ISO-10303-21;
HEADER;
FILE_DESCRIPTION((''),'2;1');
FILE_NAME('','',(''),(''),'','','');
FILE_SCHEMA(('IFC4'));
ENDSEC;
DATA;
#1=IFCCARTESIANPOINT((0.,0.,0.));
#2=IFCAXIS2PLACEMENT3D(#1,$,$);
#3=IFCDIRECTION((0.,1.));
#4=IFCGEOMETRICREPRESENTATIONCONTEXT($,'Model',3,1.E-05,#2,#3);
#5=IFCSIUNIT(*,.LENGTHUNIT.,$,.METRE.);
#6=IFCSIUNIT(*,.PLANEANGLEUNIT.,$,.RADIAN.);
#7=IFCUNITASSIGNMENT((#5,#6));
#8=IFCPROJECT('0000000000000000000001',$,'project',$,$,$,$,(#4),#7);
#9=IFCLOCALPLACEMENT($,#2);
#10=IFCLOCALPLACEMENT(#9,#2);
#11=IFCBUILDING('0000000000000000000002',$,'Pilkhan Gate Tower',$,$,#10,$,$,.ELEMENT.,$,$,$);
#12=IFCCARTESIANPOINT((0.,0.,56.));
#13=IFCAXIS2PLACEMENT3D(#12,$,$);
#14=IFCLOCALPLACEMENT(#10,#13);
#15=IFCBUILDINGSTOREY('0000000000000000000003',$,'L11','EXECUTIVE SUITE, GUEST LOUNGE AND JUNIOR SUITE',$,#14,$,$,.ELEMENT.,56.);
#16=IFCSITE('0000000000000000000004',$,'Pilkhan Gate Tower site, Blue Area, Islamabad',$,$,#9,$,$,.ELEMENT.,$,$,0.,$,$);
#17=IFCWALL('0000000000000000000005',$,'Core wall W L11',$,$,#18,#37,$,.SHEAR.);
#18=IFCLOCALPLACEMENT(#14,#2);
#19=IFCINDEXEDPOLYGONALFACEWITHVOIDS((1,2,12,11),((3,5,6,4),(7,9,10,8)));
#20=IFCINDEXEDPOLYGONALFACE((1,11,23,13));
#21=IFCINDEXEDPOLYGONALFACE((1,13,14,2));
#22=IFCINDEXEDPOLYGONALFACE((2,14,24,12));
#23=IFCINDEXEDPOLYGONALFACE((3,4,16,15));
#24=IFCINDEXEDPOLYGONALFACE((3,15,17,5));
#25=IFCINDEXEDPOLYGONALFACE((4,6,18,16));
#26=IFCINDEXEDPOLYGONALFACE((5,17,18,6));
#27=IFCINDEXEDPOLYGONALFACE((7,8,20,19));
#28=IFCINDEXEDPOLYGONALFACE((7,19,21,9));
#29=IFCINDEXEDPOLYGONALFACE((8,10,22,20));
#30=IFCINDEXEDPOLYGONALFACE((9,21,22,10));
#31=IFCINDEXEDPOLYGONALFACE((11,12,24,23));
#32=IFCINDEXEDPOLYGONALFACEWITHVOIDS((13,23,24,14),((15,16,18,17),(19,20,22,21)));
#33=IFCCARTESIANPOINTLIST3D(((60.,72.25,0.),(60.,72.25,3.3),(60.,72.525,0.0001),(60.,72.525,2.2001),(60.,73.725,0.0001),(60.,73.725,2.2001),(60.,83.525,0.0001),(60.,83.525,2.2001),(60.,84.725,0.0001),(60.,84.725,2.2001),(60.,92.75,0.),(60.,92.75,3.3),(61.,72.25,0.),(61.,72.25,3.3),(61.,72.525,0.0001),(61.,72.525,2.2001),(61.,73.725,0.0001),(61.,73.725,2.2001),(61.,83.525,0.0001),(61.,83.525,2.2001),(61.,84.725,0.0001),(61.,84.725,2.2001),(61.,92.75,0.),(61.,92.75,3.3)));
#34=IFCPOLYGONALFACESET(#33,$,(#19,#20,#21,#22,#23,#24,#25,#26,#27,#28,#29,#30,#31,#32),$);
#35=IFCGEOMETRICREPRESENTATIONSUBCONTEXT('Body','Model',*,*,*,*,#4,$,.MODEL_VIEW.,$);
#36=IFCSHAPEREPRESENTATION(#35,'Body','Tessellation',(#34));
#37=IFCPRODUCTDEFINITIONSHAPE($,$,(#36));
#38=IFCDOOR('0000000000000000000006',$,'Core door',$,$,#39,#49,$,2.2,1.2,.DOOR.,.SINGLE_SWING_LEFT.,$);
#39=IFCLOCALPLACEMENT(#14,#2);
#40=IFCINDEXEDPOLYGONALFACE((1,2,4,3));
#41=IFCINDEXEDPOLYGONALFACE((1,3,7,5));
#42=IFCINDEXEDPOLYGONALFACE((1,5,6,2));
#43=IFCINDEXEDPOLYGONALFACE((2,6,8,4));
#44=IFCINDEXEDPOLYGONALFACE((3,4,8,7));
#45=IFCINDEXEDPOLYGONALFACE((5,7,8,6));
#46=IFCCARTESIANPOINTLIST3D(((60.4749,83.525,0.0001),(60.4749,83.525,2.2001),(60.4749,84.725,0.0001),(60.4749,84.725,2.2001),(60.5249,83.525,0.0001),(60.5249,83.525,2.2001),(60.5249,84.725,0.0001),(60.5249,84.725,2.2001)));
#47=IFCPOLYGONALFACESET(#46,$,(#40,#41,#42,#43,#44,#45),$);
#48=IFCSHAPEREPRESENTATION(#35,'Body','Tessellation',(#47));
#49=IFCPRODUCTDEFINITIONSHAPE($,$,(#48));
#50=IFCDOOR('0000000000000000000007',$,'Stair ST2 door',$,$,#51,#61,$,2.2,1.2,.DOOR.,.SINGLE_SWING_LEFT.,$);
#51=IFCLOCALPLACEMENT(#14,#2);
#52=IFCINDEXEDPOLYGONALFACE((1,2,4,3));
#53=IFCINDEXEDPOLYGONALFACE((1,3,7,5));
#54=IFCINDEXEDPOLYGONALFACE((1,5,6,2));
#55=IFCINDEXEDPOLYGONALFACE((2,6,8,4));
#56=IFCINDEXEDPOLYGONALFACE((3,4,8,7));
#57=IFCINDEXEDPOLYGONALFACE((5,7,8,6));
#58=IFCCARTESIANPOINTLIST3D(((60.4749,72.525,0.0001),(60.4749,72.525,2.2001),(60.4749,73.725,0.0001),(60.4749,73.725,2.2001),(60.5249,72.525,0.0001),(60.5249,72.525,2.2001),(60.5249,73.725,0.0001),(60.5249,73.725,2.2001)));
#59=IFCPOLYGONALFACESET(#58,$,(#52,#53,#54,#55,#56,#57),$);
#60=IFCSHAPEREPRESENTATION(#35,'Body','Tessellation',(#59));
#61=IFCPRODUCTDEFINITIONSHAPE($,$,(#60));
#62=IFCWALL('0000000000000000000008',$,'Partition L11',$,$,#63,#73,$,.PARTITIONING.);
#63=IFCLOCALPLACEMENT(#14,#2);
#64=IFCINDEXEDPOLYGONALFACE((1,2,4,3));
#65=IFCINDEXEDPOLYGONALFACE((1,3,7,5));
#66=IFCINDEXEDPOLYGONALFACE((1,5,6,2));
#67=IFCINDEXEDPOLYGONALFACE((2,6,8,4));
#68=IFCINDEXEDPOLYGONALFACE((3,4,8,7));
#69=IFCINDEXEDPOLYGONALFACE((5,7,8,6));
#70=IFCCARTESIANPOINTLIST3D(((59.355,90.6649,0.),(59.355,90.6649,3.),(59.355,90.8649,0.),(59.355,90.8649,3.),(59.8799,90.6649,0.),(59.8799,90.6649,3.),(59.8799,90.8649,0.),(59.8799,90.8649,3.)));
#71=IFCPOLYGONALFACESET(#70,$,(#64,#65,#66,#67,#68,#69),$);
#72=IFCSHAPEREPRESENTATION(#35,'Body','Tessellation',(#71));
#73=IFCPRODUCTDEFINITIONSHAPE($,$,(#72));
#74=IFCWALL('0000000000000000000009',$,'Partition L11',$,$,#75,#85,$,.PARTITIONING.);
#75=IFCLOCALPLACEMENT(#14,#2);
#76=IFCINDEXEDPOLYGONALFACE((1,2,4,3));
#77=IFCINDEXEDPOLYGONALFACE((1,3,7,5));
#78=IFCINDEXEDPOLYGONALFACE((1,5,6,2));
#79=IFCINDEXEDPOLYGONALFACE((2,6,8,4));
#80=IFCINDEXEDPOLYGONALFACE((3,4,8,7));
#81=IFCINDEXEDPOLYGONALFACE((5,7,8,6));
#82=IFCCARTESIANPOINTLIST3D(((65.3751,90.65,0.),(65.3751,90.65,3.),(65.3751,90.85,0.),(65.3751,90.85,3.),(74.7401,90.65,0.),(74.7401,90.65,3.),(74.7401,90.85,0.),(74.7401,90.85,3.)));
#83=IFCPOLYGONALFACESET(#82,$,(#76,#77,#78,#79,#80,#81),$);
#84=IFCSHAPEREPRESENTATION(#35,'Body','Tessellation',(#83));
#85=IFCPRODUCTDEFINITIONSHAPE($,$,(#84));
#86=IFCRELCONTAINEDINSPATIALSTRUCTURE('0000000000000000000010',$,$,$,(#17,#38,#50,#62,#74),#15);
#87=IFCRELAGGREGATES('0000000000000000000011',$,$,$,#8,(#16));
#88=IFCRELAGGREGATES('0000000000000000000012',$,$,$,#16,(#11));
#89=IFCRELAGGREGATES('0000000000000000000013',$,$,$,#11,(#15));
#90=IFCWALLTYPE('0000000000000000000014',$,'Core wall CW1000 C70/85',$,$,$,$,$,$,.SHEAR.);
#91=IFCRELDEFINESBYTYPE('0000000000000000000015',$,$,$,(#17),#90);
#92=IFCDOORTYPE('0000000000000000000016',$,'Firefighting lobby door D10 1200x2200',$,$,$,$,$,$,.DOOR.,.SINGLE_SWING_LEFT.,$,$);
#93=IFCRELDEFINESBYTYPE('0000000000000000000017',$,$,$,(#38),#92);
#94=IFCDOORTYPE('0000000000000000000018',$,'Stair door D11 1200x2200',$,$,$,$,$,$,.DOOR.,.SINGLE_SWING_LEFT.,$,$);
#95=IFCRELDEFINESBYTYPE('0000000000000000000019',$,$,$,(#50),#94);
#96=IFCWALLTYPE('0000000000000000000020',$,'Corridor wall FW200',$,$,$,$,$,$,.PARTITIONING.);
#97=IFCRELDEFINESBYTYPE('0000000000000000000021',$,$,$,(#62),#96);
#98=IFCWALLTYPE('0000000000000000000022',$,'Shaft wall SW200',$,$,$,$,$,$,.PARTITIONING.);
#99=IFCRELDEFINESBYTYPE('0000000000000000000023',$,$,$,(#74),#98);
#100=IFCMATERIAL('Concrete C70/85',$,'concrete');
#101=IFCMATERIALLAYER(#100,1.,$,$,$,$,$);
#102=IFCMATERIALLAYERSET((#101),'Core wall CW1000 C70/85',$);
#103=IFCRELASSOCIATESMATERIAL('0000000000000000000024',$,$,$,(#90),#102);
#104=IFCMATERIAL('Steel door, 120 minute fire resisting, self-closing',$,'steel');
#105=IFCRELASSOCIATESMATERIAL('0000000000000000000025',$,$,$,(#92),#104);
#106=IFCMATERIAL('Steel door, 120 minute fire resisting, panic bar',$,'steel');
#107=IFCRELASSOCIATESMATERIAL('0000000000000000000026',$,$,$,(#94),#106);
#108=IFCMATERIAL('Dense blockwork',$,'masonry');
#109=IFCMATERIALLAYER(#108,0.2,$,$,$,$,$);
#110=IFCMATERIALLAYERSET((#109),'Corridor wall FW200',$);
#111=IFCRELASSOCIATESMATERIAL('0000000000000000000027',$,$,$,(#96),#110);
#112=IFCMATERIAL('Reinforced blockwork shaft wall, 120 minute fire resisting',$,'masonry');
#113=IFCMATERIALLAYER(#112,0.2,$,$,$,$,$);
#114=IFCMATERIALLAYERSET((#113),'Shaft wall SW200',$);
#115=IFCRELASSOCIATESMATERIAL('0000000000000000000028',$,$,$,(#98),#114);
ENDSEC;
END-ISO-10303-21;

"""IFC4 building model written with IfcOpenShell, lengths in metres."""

from ifc_helpers import new_model, si_unit, direction, frame, frame_2d, origin, place, context, subcontext, project, spatial, rectangle, extrude, material, layer, layer_set, type_object, element, fill, save


model = new_model("IFC4")

# Units and contexts
model_context = context("Model", 3, precision=1e-05, world=origin(), true_north=direction((0.0, 1.0)))
body_context = subcontext(model_context, "Body", "Model", "MODEL_VIEW")
ifc_project = project(units=[si_unit("LENGTHUNIT", "METRE"), si_unit("PLANEANGLEUNIT", "RADIAN")], contexts=[model_context])

# Site, building, storey
site_placement = place(None, origin())
site = spatial("IfcSite", under=ifc_project, at=site_placement, Name="Pilkhan Gate Tower site, Blue Area, Islamabad", CompositionType="ELEMENT", RefElevation=0.0)
building_placement = place(site_placement, origin())
building = spatial("IfcBuilding", under=site, at=building_placement, Name="Pilkhan Gate Tower", CompositionType="ELEMENT")
storey_placement = place(building_placement, frame((0.0, 0.0, 56.0)))
storey = spatial("IfcBuildingStorey", under=building, at=storey_placement, Name="L11", Description="EXECUTIVE SUITE, GUEST LOUNGE AND JUNIOR SUITE", CompositionType="ELEMENT", Elevation=56.0)

# Wall, openings, doors
ifc_material_1 = material(Name="Concrete C70/85", Category="concrete")
ifc_layer_1 = layer(ifc_material_1, 1.0)
ifc_layer_set_1 = layer_set([ifc_layer_1], Name="Core wall CW1000 C70/85")
wall_type_1 = type_object("IfcWallType", Name="Core wall CW1000 C70/85", PredefinedType="SHEAR", material=ifc_layer_set_1)
wall_1_placement = place(storey_placement, frame((60.5, 92.75, 0.0), z_axis=(0.0, 0.0, 1.0), x_axis=(0.0, -1.0, 0.0)))
wall_1 = element("IfcWall", 1, at=wall_1_placement, inside=storey, type_object=wall_type_1, Name="Core wall W L11", PredefinedType="SHEAR", context=body_context, shape_type="SweptSolid", body=[
    extrude(rectangle(XDim=20.5, YDim=1.0, at=frame_2d((10.25, 0.0))), origin(), (0.0, 0.0, 1.0), 3.3),
])
opening_1_placement = place(wall_1_placement, frame((19.0249, 0.0, 0.0)))
opening_1 = element("IfcOpeningElement", 2, at=opening_1_placement, cuts=wall_1, PredefinedType="OPENING", context=body_context, shape_type="SweptSolid", body=[
    extrude(rectangle(XDim=1.2, YDim=2.2, at=frame_2d((0.6001, 1.1001))), frame((0.0, 0.51, 0.0), z_axis=(0.0, -1.0, 0.0), x_axis=(1.0, 0.0, 0.0)), (0.0, 0.0, 1.0), 1.02),
])
opening_2_placement = place(wall_1_placement, frame((8.0249, 0.0, 0.0)))
opening_2 = element("IfcOpeningElement", 3, at=opening_2_placement, cuts=wall_1, PredefinedType="OPENING", context=body_context, shape_type="SweptSolid", body=[
    extrude(rectangle(XDim=1.2, YDim=2.2, at=frame_2d((0.6001, 1.1001))), frame((0.0, 0.51, 0.0), z_axis=(0.0, -1.0, 0.0), x_axis=(1.0, 0.0, 0.0)), (0.0, 0.0, 1.0), 1.02),
])
ifc_material_2 = material(Name="Steel door, 120 minute fire resisting, self-closing", Category="steel")
door_type_1 = type_object("IfcDoorType", Name="Firefighting lobby door D10 1200x2200", OperationType="SINGLE_SWING_LEFT", PredefinedType="DOOR", material=ifc_material_2)
door_1_placement = place(opening_2_placement, origin())
door_1 = element("IfcDoor", 4, at=door_1_placement, inside=storey, type_object=door_type_1, Name="Core door", OperationType="SINGLE_SWING_LEFT", OverallHeight=2.2, OverallWidth=1.2, PredefinedType="DOOR", context=body_context, shape_type="SweptSolid", body=[
    extrude(rectangle(XDim=1.2, YDim=2.2, at=frame_2d((0.6001, 1.1001))), frame((0.0, 0.0249, 0.0), z_axis=(0.0, -1.0, 0.0), x_axis=(1.0, 0.0, 0.0)), (0.0, 0.0, 1.0), 0.05),
])
fill(opening_2, door_1)
ifc_material_3 = material(Name="Steel door, 120 minute fire resisting, panic bar", Category="steel")
door_type_2 = type_object("IfcDoorType", Name="Stair door D11 1200x2200", OperationType="SINGLE_SWING_LEFT", PredefinedType="DOOR", material=ifc_material_3)
door_2_placement = place(opening_1_placement, origin())
door_2 = element("IfcDoor", 5, at=door_2_placement, inside=storey, type_object=door_type_2, Name="Stair ST2 door", OperationType="SINGLE_SWING_LEFT", OverallHeight=2.2, OverallWidth=1.2, PredefinedType="DOOR", context=body_context, shape_type="SweptSolid", body=[
    extrude(rectangle(XDim=1.2, YDim=2.2, at=frame_2d((0.6001, 1.1001))), frame((0.0, 0.0249, 0.0), z_axis=(0.0, -1.0, 0.0), x_axis=(1.0, 0.0, 0.0)), (0.0, 0.0, 1.0), 0.05),
])
fill(opening_1, door_2)

# Wall
ifc_material_4 = material(Name="Dense blockwork", Category="masonry")
ifc_layer_2 = layer(ifc_material_4, 0.2)
ifc_layer_set_2 = layer_set([ifc_layer_2], Name="Corridor wall FW200")
wall_type_2 = type_object("IfcWallType", Name="Corridor wall FW200", PredefinedType="PARTITIONING", material=ifc_layer_set_2)
wall_2_placement = place(storey_placement, frame((59.355, 90.7649, 0.0), z_axis=(0.0, 0.0, 1.0), x_axis=(1.0, 0.0, 0.0)))
element("IfcWall", 6, at=wall_2_placement, inside=storey, type_object=wall_type_2, Name="Partition L11", PredefinedType="PARTITIONING", context=body_context, shape_type="SweptSolid", body=[
    extrude(rectangle(XDim=0.5249, YDim=0.2, at=frame_2d((0.2625, 0.0))), origin(), (0.0, 0.0, 1.0), 3.0),
])

# Wall
ifc_material_5 = material(Name="Reinforced blockwork shaft wall, 120 minute fire resisting", Category="masonry")
ifc_layer_3 = layer(ifc_material_5, 0.2)
ifc_layer_set_3 = layer_set([ifc_layer_3], Name="Shaft wall SW200")
wall_type_3 = type_object("IfcWallType", Name="Shaft wall SW200", PredefinedType="PARTITIONING", material=ifc_layer_set_3)
wall_3_placement = place(storey_placement, frame((65.375, 90.75, 0.0), z_axis=(0.0, 0.0, 1.0), x_axis=(1.0, 0.0, 0.0)))
element("IfcWall", 7, at=wall_3_placement, inside=storey, type_object=wall_type_3, Name="Partition L11", PredefinedType="PARTITIONING", context=body_context, shape_type="SweptSolid", body=[
    extrude(rectangle(XDim=9.365, YDim=0.2, at=frame_2d((4.6826, 0.0))), origin(), (0.0, 0.0, 1.0), 3.0),
])

save(model, "model.ifc")
